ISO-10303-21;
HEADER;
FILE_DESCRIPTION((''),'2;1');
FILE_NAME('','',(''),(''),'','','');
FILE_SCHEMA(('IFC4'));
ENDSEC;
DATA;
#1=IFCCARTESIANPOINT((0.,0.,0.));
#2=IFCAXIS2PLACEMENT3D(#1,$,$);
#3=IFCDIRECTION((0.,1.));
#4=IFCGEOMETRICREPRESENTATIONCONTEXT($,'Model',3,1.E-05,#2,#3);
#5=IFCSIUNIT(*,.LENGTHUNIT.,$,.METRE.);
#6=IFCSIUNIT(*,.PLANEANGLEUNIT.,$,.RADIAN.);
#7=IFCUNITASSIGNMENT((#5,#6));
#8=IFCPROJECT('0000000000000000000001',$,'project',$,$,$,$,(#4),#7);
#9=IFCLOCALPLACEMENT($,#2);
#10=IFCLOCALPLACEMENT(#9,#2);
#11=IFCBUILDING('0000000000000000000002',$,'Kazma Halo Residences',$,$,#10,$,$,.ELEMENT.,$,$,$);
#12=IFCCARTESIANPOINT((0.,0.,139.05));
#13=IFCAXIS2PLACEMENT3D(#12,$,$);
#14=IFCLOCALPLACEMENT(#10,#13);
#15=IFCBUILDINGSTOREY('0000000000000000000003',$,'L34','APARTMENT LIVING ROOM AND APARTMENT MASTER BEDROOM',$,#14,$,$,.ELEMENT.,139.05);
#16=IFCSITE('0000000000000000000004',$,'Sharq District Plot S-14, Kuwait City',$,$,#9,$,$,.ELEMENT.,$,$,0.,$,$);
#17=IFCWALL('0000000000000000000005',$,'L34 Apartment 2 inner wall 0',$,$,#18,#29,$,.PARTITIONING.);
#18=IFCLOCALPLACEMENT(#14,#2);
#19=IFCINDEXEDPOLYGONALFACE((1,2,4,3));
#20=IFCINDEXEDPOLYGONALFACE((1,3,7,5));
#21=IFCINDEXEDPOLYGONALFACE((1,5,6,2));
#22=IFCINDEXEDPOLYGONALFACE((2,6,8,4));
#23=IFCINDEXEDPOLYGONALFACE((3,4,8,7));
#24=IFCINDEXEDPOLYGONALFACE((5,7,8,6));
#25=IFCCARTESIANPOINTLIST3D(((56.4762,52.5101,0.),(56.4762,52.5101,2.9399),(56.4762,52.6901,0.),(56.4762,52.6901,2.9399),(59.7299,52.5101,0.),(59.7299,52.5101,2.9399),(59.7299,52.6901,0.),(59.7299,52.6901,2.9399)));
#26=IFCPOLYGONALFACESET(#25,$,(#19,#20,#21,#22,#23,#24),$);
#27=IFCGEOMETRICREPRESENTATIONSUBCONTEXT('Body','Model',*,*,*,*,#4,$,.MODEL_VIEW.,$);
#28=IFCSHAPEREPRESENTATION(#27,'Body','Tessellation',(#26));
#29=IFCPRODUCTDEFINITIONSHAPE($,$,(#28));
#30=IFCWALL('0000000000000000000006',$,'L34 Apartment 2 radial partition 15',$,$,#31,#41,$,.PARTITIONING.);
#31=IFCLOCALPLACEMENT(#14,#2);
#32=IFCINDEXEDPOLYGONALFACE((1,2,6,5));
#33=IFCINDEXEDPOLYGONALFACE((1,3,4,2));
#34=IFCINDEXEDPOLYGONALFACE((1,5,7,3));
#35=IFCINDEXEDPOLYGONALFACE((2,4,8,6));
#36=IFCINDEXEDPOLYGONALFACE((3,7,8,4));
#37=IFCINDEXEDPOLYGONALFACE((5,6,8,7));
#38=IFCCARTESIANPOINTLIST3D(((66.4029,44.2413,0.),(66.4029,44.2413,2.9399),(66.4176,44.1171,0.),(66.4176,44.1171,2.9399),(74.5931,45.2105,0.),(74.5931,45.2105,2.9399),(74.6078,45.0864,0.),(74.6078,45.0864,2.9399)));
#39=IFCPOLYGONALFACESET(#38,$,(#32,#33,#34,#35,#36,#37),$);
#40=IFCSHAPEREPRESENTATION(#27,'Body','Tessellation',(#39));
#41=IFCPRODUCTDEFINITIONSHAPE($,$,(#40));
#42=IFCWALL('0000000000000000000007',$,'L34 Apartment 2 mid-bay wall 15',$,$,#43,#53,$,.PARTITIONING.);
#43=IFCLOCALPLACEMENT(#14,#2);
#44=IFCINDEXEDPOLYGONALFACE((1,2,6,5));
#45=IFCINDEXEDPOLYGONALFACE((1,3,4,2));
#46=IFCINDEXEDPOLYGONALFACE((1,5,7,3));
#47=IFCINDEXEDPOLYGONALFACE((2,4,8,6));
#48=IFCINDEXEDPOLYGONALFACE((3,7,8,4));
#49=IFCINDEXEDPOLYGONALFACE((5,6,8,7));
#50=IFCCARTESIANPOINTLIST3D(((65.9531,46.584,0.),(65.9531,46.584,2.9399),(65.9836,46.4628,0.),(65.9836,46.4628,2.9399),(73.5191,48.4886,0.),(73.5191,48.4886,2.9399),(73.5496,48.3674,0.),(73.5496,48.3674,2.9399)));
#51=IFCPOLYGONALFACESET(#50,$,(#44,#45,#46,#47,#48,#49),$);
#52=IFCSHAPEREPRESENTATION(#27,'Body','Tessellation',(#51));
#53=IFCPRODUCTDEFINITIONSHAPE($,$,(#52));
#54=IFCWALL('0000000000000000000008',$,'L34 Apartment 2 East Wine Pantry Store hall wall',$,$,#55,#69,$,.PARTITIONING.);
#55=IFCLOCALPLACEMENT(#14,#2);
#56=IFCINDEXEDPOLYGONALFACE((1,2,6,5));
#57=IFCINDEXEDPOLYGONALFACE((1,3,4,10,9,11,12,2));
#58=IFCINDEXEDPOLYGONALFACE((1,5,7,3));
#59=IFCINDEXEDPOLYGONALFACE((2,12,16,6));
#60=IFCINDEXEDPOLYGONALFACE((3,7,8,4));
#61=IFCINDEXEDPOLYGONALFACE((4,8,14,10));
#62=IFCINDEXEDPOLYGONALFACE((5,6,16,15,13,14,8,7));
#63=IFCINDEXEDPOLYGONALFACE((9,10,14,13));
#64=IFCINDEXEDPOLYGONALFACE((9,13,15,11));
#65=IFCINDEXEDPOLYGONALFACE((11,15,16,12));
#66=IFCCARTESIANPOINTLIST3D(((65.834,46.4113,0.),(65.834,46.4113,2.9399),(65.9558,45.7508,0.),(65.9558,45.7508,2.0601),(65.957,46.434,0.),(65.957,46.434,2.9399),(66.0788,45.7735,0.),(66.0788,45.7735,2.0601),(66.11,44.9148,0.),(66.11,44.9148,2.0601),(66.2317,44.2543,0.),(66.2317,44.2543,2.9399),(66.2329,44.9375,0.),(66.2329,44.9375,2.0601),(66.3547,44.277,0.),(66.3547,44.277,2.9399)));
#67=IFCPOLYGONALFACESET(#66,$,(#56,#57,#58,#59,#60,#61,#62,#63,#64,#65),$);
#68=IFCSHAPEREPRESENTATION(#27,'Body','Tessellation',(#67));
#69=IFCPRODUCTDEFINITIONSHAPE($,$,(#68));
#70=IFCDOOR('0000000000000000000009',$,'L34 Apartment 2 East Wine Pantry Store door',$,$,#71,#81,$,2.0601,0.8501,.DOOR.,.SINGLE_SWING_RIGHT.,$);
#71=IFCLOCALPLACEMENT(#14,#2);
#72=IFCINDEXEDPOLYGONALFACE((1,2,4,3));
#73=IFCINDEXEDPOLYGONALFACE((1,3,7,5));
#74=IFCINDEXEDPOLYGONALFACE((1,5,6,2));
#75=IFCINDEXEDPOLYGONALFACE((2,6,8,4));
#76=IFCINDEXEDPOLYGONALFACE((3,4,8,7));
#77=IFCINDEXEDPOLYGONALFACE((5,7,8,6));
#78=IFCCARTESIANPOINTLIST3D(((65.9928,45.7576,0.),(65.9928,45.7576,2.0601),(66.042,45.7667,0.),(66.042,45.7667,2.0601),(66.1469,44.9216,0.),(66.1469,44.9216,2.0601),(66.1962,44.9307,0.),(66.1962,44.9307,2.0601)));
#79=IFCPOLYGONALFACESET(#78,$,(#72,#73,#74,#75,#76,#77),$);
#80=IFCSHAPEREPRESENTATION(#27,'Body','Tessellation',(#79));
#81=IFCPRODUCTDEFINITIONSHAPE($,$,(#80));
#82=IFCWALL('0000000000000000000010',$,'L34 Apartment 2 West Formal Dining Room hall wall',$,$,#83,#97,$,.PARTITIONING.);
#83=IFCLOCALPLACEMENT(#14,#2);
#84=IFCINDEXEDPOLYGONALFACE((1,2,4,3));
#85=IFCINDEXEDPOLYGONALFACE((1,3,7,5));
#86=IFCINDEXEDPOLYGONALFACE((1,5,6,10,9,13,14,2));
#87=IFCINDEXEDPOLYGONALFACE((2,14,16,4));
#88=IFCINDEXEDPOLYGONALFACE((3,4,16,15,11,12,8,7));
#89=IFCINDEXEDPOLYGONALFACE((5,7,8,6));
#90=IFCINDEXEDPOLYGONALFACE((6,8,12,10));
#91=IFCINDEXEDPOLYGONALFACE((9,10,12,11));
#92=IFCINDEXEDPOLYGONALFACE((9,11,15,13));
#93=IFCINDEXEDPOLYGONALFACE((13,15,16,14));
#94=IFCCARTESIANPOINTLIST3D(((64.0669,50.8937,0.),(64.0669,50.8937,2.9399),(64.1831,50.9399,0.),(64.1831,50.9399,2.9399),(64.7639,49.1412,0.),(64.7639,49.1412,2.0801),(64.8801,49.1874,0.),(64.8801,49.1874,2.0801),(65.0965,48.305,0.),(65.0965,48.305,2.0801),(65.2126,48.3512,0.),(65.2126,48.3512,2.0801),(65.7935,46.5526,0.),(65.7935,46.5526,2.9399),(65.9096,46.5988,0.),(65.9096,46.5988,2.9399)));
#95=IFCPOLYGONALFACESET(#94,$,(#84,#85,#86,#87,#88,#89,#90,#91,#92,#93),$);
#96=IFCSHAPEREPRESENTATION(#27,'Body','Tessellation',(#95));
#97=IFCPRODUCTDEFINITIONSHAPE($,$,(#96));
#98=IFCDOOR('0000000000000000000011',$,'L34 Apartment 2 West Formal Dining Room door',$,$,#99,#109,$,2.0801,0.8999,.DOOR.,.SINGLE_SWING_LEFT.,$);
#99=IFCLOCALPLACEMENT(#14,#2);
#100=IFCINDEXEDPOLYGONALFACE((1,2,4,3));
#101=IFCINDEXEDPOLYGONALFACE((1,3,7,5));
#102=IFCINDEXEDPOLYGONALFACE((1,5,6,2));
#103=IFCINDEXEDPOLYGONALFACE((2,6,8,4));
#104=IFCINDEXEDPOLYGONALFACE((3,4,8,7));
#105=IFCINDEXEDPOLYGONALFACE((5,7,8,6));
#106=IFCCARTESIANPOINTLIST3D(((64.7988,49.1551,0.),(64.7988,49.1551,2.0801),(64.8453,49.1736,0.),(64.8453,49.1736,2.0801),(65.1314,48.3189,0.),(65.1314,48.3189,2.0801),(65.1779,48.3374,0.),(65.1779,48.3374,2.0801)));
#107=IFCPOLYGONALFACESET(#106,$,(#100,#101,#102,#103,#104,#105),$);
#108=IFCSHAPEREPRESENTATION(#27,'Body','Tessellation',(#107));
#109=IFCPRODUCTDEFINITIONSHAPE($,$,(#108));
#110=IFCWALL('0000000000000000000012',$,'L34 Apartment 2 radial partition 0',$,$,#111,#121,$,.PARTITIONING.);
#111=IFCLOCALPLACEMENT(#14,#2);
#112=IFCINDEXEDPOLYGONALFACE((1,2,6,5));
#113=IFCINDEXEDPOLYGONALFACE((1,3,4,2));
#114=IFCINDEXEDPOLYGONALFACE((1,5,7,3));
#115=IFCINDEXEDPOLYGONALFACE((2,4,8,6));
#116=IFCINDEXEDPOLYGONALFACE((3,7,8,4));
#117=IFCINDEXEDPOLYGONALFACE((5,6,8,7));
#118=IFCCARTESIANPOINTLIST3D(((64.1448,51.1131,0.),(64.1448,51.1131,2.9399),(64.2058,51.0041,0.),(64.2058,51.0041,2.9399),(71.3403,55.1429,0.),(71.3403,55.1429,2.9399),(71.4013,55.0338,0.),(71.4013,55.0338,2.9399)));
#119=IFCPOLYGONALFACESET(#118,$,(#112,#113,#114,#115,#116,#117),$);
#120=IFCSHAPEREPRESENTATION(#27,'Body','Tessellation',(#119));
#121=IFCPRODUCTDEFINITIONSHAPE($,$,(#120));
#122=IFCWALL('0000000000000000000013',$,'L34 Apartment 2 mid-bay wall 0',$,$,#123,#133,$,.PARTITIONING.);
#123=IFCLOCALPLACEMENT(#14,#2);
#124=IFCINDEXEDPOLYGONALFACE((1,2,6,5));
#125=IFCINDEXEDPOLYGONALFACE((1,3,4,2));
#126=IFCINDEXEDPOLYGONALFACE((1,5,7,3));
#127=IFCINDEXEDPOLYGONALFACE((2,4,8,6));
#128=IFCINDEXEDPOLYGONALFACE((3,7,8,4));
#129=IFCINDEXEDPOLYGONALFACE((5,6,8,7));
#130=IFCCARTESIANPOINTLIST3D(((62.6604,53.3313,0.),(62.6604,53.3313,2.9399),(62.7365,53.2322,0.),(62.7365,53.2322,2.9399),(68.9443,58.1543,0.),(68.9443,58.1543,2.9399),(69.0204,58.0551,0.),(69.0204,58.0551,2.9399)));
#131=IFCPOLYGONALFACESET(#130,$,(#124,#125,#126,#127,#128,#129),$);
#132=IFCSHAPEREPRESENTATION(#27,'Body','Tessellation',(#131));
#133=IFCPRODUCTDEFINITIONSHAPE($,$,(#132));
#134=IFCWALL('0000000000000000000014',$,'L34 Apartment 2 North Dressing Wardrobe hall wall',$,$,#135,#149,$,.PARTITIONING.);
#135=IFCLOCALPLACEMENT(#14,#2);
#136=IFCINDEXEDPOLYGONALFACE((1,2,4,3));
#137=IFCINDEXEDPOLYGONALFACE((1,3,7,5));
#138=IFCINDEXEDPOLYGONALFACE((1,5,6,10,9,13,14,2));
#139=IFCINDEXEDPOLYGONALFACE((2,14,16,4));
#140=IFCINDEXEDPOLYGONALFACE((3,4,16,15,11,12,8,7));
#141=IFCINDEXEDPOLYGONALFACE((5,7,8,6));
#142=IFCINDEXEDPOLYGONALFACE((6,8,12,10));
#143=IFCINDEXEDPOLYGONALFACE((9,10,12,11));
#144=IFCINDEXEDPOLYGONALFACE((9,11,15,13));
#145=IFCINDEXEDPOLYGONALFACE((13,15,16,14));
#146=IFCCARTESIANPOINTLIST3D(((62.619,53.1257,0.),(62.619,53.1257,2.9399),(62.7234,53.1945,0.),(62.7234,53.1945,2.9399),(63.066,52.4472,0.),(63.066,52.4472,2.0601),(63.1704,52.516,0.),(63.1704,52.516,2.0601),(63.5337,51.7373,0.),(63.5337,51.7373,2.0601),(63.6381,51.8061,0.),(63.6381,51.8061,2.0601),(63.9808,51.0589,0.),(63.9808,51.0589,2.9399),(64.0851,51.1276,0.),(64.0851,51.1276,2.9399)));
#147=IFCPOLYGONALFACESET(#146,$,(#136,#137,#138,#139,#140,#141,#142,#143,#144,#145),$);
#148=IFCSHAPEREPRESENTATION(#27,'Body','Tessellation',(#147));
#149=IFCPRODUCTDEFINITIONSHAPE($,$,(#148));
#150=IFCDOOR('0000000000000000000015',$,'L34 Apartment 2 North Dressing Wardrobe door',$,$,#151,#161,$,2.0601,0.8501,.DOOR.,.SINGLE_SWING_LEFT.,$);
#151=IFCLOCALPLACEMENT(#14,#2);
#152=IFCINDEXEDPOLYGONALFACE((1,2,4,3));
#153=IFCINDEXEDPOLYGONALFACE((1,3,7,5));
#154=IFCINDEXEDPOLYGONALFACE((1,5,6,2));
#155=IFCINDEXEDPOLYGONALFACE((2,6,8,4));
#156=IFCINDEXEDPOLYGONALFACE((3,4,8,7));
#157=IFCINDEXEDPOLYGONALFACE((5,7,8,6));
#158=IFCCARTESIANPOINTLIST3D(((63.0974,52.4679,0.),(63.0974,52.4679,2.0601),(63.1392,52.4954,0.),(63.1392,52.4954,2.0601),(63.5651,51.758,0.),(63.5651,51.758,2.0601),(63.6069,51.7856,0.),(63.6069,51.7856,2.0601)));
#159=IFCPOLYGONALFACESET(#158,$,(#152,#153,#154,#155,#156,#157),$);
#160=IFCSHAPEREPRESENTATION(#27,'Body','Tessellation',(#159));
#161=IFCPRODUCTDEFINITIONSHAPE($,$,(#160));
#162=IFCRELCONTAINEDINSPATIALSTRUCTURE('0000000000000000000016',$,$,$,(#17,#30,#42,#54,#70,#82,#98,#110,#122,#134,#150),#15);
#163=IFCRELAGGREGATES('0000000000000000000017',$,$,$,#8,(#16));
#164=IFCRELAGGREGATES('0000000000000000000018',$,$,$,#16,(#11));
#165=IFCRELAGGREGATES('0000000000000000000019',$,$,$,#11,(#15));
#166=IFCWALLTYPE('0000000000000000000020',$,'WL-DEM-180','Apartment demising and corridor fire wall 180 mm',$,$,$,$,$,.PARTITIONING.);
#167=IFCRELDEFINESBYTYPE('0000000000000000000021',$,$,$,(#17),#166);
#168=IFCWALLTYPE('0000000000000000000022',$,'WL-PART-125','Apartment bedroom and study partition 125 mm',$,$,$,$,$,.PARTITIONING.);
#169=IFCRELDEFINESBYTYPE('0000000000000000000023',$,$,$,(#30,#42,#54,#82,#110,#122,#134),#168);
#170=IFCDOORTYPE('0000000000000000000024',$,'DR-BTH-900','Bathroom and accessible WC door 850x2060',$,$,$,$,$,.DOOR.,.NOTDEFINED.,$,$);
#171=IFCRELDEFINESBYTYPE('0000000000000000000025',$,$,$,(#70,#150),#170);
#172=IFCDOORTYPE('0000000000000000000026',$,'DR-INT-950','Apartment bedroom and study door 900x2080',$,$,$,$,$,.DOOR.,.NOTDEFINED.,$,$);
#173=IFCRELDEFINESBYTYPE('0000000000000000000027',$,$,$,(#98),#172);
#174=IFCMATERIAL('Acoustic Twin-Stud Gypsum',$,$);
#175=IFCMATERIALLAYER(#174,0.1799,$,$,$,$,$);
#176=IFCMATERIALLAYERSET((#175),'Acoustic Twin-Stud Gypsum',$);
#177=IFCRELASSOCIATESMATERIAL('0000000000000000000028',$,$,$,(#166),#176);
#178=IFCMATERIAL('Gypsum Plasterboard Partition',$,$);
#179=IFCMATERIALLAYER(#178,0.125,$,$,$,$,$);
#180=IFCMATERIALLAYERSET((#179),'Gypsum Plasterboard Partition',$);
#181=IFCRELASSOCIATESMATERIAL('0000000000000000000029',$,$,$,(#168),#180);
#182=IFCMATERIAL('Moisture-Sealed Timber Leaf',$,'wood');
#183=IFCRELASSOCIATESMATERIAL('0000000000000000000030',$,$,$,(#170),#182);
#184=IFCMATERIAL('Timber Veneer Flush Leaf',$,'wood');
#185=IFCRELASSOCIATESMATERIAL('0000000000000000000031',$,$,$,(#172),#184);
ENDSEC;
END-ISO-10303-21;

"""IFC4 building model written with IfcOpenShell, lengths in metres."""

from ifc_helpers import new_model, si_unit, direction, frame, frame_2d, origin, place, context, subcontext, project, spatial, rectangle, extrude, material, layer, layer_set, type_object, element, fill, save


model = new_model("IFC4")

# Units and contexts
model_context = context("Model", 3, precision=1e-05, world=origin(), true_north=direction((0.0, 1.0)))
body_context = subcontext(model_context, "Body", "Model", "MODEL_VIEW")
ifc_project = project(units=[si_unit("LENGTHUNIT", "METRE"), si_unit("PLANEANGLEUNIT", "RADIAN")], contexts=[model_context])

# Site, building, storey
site_placement = place(None, origin())
site = spatial("IfcSite", under=ifc_project, at=site_placement, Name="Sharq District Plot S-14, Kuwait City", CompositionType="ELEMENT", RefElevation=0.0)
building_placement = place(site_placement, origin())
building = spatial("IfcBuilding", under=site, at=building_placement, Name="Kazma Halo Residences", CompositionType="ELEMENT")
storey_placement = place(building_placement, frame((0.0, 0.0, 139.05)))
storey = spatial("IfcBuildingStorey", under=building, at=storey_placement, Name="L34", Description="APARTMENT LIVING ROOM AND APARTMENT MASTER BEDROOM", CompositionType="ELEMENT", Elevation=139.05)

# Walls
ifc_material_1 = material(Name="Acoustic Twin-Stud Gypsum")
ifc_layer_1 = layer(ifc_material_1, 0.1799)
ifc_layer_set_1 = layer_set([ifc_layer_1], Name="Acoustic Twin-Stud Gypsum")
wall_type_1 = type_object("IfcWallType", Name="WL-DEM-180", Description="Apartment demising and corridor fire wall 180 mm", PredefinedType="PARTITIONING", material=ifc_layer_set_1)
wall_1_placement = place(storey_placement, frame((59.73, 52.6001, 0.0), z_axis=(0.0, 0.0, 1.0), x_axis=(-1.0, 0.0, 0.0)))
element("IfcWall", 1, at=wall_1_placement, inside=storey, type_object=wall_type_1, Name="L34 Apartment 2 inner wall 0", PredefinedType="PARTITIONING", context=body_context, shape_type="SweptSolid", body=[
    extrude(rectangle(XDim=3.2537, YDim=0.1799, at=frame_2d((1.627, 0.0))), origin(), (0.0, 0.0, 1.0), 2.9399),
])
ifc_material_2 = material(Name="Gypsum Plasterboard Partition")
ifc_layer_2 = layer(ifc_material_2, 0.125)
ifc_layer_set_2 = layer_set([ifc_layer_2], Name="Gypsum Plasterboard Partition")
wall_type_2 = type_object("IfcWallType", Name="WL-PART-125", Description="Apartment bedroom and study partition 125 mm", PredefinedType="PARTITIONING", material=ifc_layer_set_2)
wall_2_placement = place(storey_placement, frame((66.4104, 44.1792, 0.0), z_axis=(0.0, 0.0, 1.0), x_axis=(0.99307, 0.117521, 0.0)))
element("IfcWall", 2, at=wall_2_placement, inside=storey, type_object=wall_type_2, Name="L34 Apartment 2 radial partition 15", PredefinedType="PARTITIONING", context=body_context, shape_type="SweptSolid", body=[
    extrude(rectangle(XDim=8.2473, YDim=0.125, at=frame_2d((4.1235, 0.0))), origin(), (0.0, 0.0, 1.0), 2.9399),
])
wall_3_placement = place(storey_placement, frame((65.9685, 46.5234, 0.0), z_axis=(0.0, 0.0, 1.0), x_axis=(0.969747, 0.244111, 0.0)))
element("IfcWall", 3, at=wall_3_placement, inside=storey, type_object=wall_type_2, Name="L34 Apartment 2 mid-bay wall 15", PredefinedType="PARTITIONING", context=body_context, shape_type="SweptSolid", body=[
    extrude(rectangle(XDim=7.802, YDim=0.125, at=frame_2d((3.9009, 0.0))), origin(), (0.0, 0.0, 1.0), 2.9399),
])

# Walls, openings, doors
wall_4_placement = place(storey_placement, frame((66.2932, 44.2656, 0.0), z_axis=(0.0, 0.0, 1.0), x_axis=(-0.181324, 0.983423, 0.0)))
wall_4 = element("IfcWall", 4, at=wall_4_placement, inside=storey, type_object=wall_type_2, Name="L34 Apartment 2 East Wine Pantry Store hall wall", PredefinedType="PARTITIONING", context=body_context, shape_type="SweptSolid", body=[
    extrude(rectangle(XDim=2.1934, YDim=0.125, at=frame_2d((1.0967, 0.0))), origin(), (0.0, 0.0, 1.0), 2.9399),
])
opening_1_placement = place(wall_4_placement, frame((0.6716, 0.0, 0.0)))
opening_1 = element("IfcOpeningElement", 5, at=opening_1_placement, cuts=wall_4, PredefinedType="OPENING", context=body_context, shape_type="SweptSolid", body=[
    extrude(rectangle(XDim=0.8501, YDim=2.0601, at=frame_2d((0.425, 1.03))), frame((0.0, 0.0725, 0.0), z_axis=(0.0, -1.0, 0.0), x_axis=(1.0, 0.0, 0.0)), (0.0, 0.0, 1.0), 0.145),
])
ifc_material_3 = material(Name="Moisture-Sealed Timber Leaf", Category="wood")
door_type_1 = type_object("IfcDoorType", Name="DR-BTH-900", Description="Bathroom and accessible WC door 850x2060", OperationType="NOTDEFINED", PredefinedType="DOOR", material=ifc_material_3)
door_1_placement = place(opening_1_placement, origin())
door_1 = element("IfcDoor", 6, at=door_1_placement, inside=storey, type_object=door_type_1, Name="L34 Apartment 2 East Wine Pantry Store door", OperationType="SINGLE_SWING_RIGHT", OverallHeight=2.0601, OverallWidth=0.8501, PredefinedType="DOOR", context=body_context, shape_type="SweptSolid", body=[
    extrude(rectangle(XDim=0.8501, YDim=2.0601, at=frame_2d((0.425, 1.03))), frame((0.0, 0.0249, 0.0), z_axis=(0.0, -1.0, 0.0), x_axis=(1.0, 0.0, 0.0)), (0.0, 0.0, 1.0), 0.05),
])
fill(opening_1, door_1)
wall_5_placement = place(storey_placement, frame((65.8516, 46.5757, 0.0), z_axis=(0.0, 0.0, 1.0), x_axis=(-0.36957, 0.929203, 0.0)))
wall_5 = element("IfcWall", 7, at=wall_5_placement, inside=storey, type_object=wall_type_2, Name="L34 Apartment 2 West Formal Dining Room hall wall", PredefinedType="PARTITIONING", context=body_context, shape_type="SweptSolid", body=[
    extrude(rectangle(XDim=4.6719, YDim=0.125, at=frame_2d((2.3359, 0.0))), origin(), (0.0, 0.0, 1.0), 2.9399),
])
opening_2_placement = place(wall_5_placement, frame((1.886, 0.0, 0.0)))
opening_2 = element("IfcOpeningElement", 8, at=opening_2_placement, cuts=wall_5, PredefinedType="OPENING", context=body_context, shape_type="SweptSolid", body=[
    extrude(rectangle(XDim=0.8999, YDim=2.0801, at=frame_2d((0.45, 1.04))), frame((0.0, 0.0725, 0.0), z_axis=(0.0, -1.0, 0.0), x_axis=(1.0, 0.0, 0.0)), (0.0, 0.0, 1.0), 0.145),
])
ifc_material_4 = material(Name="Timber Veneer Flush Leaf", Category="wood")
door_type_2 = type_object("IfcDoorType", Name="DR-INT-950", Description="Apartment bedroom and study door 900x2080", OperationType="NOTDEFINED", PredefinedType="DOOR", material=ifc_material_4)
door_2_placement = place(opening_2_placement, origin())
door_2 = element("IfcDoor", 9, at=door_2_placement, inside=storey, type_object=door_type_2, Name="L34 Apartment 2 West Formal Dining Room door", OperationType="SINGLE_SWING_LEFT", OverallHeight=2.0801, OverallWidth=0.8999, PredefinedType="DOOR", context=body_context, shape_type="SweptSolid", body=[
    extrude(rectangle(XDim=0.8999, YDim=2.0801, at=frame_2d((0.45, 1.04))), frame((0.0, 0.0249, 0.0), z_axis=(0.0, -1.0, 0.0), x_axis=(1.0, 0.0, 0.0)), (0.0, 0.0, 1.0), 0.05),
])
fill(opening_2, door_2)

# Walls
wall_6_placement = place(storey_placement, frame((64.1753, 51.0586, 0.0), z_axis=(0.0, 0.0, 1.0), x_axis=(0.872492, 0.488629, 0.0)))
element("IfcWall", 10, at=wall_6_placement, inside=storey, type_object=wall_type_2, Name="L34 Apartment 2 radial partition 0", PredefinedType="PARTITIONING", context=body_context, shape_type="SweptSolid", body=[
    extrude(rectangle(XDim=8.2471, YDim=0.125, at=frame_2d((4.1235, 0.0))), origin(), (0.0, 0.0, 1.0), 2.9399),
])
wall_7_placement = place(storey_placement, frame((62.6985, 53.2817, 0.0), z_axis=(0.0, 0.0, 1.0), x_axis=(0.793282, 0.608854, 0.0)))
element("IfcWall", 11, at=wall_7_placement, inside=storey, type_object=wall_type_2, Name="L34 Apartment 2 mid-bay wall 0", PredefinedType="PARTITIONING", context=body_context, shape_type="SweptSolid", body=[
    extrude(rectangle(XDim=7.9214, YDim=0.125, at=frame_2d((3.9607, 0.0))), origin(), (0.0, 0.0, 1.0), 2.9399),
])

# Wall, opening, door
wall_8_placement = place(storey_placement, frame((64.033, 51.0933, 0.0), z_axis=(0.0, 0.0, 1.0), x_axis=(-0.550185, 0.835043, 0.0)))
wall_8 = element("IfcWall", 12, at=wall_8_placement, inside=storey, type_object=wall_type_2, Name="L34 Apartment 2 North Dressing Wardrobe hall wall", PredefinedType="PARTITIONING", context=body_context, shape_type="SweptSolid", body=[
    extrude(rectangle(XDim=2.4751, YDim=0.125, at=frame_2d((1.2375, 0.0))), origin(), (0.0, 0.0, 1.0), 2.9399),
])
opening_3_placement = place(wall_8_placement, frame((0.8125, 0.0, 0.0)))
opening_3 = element("IfcOpeningElement", 13, at=opening_3_placement, cuts=wall_8, PredefinedType="OPENING", context=body_context, shape_type="SweptSolid", body=[
    extrude(rectangle(XDim=0.8501, YDim=2.0601, at=frame_2d((0.425, 1.03))), frame((0.0, 0.0725, 0.0), z_axis=(0.0, -1.0, 0.0), x_axis=(1.0, 0.0, 0.0)), (0.0, 0.0, 1.0), 0.145),
])
door_3_placement = place(opening_3_placement, origin())
door_3 = element("IfcDoor", 14, at=door_3_placement, inside=storey, type_object=door_type_1, Name="L34 Apartment 2 North Dressing Wardrobe door", OperationType="SINGLE_SWING_LEFT", OverallHeight=2.0601, OverallWidth=0.8501, PredefinedType="DOOR", context=body_context, shape_type="SweptSolid", body=[
    extrude(rectangle(XDim=0.8501, YDim=2.0601, at=frame_2d((0.425, 1.03))), frame((0.0, 0.0249, 0.0), z_axis=(0.0, -1.0, 0.0), x_axis=(1.0, 0.0, 0.0)), (0.0, 0.0, 1.0), 0.05),
])
fill(opening_3, door_3)

save(model, "model.ifc")
